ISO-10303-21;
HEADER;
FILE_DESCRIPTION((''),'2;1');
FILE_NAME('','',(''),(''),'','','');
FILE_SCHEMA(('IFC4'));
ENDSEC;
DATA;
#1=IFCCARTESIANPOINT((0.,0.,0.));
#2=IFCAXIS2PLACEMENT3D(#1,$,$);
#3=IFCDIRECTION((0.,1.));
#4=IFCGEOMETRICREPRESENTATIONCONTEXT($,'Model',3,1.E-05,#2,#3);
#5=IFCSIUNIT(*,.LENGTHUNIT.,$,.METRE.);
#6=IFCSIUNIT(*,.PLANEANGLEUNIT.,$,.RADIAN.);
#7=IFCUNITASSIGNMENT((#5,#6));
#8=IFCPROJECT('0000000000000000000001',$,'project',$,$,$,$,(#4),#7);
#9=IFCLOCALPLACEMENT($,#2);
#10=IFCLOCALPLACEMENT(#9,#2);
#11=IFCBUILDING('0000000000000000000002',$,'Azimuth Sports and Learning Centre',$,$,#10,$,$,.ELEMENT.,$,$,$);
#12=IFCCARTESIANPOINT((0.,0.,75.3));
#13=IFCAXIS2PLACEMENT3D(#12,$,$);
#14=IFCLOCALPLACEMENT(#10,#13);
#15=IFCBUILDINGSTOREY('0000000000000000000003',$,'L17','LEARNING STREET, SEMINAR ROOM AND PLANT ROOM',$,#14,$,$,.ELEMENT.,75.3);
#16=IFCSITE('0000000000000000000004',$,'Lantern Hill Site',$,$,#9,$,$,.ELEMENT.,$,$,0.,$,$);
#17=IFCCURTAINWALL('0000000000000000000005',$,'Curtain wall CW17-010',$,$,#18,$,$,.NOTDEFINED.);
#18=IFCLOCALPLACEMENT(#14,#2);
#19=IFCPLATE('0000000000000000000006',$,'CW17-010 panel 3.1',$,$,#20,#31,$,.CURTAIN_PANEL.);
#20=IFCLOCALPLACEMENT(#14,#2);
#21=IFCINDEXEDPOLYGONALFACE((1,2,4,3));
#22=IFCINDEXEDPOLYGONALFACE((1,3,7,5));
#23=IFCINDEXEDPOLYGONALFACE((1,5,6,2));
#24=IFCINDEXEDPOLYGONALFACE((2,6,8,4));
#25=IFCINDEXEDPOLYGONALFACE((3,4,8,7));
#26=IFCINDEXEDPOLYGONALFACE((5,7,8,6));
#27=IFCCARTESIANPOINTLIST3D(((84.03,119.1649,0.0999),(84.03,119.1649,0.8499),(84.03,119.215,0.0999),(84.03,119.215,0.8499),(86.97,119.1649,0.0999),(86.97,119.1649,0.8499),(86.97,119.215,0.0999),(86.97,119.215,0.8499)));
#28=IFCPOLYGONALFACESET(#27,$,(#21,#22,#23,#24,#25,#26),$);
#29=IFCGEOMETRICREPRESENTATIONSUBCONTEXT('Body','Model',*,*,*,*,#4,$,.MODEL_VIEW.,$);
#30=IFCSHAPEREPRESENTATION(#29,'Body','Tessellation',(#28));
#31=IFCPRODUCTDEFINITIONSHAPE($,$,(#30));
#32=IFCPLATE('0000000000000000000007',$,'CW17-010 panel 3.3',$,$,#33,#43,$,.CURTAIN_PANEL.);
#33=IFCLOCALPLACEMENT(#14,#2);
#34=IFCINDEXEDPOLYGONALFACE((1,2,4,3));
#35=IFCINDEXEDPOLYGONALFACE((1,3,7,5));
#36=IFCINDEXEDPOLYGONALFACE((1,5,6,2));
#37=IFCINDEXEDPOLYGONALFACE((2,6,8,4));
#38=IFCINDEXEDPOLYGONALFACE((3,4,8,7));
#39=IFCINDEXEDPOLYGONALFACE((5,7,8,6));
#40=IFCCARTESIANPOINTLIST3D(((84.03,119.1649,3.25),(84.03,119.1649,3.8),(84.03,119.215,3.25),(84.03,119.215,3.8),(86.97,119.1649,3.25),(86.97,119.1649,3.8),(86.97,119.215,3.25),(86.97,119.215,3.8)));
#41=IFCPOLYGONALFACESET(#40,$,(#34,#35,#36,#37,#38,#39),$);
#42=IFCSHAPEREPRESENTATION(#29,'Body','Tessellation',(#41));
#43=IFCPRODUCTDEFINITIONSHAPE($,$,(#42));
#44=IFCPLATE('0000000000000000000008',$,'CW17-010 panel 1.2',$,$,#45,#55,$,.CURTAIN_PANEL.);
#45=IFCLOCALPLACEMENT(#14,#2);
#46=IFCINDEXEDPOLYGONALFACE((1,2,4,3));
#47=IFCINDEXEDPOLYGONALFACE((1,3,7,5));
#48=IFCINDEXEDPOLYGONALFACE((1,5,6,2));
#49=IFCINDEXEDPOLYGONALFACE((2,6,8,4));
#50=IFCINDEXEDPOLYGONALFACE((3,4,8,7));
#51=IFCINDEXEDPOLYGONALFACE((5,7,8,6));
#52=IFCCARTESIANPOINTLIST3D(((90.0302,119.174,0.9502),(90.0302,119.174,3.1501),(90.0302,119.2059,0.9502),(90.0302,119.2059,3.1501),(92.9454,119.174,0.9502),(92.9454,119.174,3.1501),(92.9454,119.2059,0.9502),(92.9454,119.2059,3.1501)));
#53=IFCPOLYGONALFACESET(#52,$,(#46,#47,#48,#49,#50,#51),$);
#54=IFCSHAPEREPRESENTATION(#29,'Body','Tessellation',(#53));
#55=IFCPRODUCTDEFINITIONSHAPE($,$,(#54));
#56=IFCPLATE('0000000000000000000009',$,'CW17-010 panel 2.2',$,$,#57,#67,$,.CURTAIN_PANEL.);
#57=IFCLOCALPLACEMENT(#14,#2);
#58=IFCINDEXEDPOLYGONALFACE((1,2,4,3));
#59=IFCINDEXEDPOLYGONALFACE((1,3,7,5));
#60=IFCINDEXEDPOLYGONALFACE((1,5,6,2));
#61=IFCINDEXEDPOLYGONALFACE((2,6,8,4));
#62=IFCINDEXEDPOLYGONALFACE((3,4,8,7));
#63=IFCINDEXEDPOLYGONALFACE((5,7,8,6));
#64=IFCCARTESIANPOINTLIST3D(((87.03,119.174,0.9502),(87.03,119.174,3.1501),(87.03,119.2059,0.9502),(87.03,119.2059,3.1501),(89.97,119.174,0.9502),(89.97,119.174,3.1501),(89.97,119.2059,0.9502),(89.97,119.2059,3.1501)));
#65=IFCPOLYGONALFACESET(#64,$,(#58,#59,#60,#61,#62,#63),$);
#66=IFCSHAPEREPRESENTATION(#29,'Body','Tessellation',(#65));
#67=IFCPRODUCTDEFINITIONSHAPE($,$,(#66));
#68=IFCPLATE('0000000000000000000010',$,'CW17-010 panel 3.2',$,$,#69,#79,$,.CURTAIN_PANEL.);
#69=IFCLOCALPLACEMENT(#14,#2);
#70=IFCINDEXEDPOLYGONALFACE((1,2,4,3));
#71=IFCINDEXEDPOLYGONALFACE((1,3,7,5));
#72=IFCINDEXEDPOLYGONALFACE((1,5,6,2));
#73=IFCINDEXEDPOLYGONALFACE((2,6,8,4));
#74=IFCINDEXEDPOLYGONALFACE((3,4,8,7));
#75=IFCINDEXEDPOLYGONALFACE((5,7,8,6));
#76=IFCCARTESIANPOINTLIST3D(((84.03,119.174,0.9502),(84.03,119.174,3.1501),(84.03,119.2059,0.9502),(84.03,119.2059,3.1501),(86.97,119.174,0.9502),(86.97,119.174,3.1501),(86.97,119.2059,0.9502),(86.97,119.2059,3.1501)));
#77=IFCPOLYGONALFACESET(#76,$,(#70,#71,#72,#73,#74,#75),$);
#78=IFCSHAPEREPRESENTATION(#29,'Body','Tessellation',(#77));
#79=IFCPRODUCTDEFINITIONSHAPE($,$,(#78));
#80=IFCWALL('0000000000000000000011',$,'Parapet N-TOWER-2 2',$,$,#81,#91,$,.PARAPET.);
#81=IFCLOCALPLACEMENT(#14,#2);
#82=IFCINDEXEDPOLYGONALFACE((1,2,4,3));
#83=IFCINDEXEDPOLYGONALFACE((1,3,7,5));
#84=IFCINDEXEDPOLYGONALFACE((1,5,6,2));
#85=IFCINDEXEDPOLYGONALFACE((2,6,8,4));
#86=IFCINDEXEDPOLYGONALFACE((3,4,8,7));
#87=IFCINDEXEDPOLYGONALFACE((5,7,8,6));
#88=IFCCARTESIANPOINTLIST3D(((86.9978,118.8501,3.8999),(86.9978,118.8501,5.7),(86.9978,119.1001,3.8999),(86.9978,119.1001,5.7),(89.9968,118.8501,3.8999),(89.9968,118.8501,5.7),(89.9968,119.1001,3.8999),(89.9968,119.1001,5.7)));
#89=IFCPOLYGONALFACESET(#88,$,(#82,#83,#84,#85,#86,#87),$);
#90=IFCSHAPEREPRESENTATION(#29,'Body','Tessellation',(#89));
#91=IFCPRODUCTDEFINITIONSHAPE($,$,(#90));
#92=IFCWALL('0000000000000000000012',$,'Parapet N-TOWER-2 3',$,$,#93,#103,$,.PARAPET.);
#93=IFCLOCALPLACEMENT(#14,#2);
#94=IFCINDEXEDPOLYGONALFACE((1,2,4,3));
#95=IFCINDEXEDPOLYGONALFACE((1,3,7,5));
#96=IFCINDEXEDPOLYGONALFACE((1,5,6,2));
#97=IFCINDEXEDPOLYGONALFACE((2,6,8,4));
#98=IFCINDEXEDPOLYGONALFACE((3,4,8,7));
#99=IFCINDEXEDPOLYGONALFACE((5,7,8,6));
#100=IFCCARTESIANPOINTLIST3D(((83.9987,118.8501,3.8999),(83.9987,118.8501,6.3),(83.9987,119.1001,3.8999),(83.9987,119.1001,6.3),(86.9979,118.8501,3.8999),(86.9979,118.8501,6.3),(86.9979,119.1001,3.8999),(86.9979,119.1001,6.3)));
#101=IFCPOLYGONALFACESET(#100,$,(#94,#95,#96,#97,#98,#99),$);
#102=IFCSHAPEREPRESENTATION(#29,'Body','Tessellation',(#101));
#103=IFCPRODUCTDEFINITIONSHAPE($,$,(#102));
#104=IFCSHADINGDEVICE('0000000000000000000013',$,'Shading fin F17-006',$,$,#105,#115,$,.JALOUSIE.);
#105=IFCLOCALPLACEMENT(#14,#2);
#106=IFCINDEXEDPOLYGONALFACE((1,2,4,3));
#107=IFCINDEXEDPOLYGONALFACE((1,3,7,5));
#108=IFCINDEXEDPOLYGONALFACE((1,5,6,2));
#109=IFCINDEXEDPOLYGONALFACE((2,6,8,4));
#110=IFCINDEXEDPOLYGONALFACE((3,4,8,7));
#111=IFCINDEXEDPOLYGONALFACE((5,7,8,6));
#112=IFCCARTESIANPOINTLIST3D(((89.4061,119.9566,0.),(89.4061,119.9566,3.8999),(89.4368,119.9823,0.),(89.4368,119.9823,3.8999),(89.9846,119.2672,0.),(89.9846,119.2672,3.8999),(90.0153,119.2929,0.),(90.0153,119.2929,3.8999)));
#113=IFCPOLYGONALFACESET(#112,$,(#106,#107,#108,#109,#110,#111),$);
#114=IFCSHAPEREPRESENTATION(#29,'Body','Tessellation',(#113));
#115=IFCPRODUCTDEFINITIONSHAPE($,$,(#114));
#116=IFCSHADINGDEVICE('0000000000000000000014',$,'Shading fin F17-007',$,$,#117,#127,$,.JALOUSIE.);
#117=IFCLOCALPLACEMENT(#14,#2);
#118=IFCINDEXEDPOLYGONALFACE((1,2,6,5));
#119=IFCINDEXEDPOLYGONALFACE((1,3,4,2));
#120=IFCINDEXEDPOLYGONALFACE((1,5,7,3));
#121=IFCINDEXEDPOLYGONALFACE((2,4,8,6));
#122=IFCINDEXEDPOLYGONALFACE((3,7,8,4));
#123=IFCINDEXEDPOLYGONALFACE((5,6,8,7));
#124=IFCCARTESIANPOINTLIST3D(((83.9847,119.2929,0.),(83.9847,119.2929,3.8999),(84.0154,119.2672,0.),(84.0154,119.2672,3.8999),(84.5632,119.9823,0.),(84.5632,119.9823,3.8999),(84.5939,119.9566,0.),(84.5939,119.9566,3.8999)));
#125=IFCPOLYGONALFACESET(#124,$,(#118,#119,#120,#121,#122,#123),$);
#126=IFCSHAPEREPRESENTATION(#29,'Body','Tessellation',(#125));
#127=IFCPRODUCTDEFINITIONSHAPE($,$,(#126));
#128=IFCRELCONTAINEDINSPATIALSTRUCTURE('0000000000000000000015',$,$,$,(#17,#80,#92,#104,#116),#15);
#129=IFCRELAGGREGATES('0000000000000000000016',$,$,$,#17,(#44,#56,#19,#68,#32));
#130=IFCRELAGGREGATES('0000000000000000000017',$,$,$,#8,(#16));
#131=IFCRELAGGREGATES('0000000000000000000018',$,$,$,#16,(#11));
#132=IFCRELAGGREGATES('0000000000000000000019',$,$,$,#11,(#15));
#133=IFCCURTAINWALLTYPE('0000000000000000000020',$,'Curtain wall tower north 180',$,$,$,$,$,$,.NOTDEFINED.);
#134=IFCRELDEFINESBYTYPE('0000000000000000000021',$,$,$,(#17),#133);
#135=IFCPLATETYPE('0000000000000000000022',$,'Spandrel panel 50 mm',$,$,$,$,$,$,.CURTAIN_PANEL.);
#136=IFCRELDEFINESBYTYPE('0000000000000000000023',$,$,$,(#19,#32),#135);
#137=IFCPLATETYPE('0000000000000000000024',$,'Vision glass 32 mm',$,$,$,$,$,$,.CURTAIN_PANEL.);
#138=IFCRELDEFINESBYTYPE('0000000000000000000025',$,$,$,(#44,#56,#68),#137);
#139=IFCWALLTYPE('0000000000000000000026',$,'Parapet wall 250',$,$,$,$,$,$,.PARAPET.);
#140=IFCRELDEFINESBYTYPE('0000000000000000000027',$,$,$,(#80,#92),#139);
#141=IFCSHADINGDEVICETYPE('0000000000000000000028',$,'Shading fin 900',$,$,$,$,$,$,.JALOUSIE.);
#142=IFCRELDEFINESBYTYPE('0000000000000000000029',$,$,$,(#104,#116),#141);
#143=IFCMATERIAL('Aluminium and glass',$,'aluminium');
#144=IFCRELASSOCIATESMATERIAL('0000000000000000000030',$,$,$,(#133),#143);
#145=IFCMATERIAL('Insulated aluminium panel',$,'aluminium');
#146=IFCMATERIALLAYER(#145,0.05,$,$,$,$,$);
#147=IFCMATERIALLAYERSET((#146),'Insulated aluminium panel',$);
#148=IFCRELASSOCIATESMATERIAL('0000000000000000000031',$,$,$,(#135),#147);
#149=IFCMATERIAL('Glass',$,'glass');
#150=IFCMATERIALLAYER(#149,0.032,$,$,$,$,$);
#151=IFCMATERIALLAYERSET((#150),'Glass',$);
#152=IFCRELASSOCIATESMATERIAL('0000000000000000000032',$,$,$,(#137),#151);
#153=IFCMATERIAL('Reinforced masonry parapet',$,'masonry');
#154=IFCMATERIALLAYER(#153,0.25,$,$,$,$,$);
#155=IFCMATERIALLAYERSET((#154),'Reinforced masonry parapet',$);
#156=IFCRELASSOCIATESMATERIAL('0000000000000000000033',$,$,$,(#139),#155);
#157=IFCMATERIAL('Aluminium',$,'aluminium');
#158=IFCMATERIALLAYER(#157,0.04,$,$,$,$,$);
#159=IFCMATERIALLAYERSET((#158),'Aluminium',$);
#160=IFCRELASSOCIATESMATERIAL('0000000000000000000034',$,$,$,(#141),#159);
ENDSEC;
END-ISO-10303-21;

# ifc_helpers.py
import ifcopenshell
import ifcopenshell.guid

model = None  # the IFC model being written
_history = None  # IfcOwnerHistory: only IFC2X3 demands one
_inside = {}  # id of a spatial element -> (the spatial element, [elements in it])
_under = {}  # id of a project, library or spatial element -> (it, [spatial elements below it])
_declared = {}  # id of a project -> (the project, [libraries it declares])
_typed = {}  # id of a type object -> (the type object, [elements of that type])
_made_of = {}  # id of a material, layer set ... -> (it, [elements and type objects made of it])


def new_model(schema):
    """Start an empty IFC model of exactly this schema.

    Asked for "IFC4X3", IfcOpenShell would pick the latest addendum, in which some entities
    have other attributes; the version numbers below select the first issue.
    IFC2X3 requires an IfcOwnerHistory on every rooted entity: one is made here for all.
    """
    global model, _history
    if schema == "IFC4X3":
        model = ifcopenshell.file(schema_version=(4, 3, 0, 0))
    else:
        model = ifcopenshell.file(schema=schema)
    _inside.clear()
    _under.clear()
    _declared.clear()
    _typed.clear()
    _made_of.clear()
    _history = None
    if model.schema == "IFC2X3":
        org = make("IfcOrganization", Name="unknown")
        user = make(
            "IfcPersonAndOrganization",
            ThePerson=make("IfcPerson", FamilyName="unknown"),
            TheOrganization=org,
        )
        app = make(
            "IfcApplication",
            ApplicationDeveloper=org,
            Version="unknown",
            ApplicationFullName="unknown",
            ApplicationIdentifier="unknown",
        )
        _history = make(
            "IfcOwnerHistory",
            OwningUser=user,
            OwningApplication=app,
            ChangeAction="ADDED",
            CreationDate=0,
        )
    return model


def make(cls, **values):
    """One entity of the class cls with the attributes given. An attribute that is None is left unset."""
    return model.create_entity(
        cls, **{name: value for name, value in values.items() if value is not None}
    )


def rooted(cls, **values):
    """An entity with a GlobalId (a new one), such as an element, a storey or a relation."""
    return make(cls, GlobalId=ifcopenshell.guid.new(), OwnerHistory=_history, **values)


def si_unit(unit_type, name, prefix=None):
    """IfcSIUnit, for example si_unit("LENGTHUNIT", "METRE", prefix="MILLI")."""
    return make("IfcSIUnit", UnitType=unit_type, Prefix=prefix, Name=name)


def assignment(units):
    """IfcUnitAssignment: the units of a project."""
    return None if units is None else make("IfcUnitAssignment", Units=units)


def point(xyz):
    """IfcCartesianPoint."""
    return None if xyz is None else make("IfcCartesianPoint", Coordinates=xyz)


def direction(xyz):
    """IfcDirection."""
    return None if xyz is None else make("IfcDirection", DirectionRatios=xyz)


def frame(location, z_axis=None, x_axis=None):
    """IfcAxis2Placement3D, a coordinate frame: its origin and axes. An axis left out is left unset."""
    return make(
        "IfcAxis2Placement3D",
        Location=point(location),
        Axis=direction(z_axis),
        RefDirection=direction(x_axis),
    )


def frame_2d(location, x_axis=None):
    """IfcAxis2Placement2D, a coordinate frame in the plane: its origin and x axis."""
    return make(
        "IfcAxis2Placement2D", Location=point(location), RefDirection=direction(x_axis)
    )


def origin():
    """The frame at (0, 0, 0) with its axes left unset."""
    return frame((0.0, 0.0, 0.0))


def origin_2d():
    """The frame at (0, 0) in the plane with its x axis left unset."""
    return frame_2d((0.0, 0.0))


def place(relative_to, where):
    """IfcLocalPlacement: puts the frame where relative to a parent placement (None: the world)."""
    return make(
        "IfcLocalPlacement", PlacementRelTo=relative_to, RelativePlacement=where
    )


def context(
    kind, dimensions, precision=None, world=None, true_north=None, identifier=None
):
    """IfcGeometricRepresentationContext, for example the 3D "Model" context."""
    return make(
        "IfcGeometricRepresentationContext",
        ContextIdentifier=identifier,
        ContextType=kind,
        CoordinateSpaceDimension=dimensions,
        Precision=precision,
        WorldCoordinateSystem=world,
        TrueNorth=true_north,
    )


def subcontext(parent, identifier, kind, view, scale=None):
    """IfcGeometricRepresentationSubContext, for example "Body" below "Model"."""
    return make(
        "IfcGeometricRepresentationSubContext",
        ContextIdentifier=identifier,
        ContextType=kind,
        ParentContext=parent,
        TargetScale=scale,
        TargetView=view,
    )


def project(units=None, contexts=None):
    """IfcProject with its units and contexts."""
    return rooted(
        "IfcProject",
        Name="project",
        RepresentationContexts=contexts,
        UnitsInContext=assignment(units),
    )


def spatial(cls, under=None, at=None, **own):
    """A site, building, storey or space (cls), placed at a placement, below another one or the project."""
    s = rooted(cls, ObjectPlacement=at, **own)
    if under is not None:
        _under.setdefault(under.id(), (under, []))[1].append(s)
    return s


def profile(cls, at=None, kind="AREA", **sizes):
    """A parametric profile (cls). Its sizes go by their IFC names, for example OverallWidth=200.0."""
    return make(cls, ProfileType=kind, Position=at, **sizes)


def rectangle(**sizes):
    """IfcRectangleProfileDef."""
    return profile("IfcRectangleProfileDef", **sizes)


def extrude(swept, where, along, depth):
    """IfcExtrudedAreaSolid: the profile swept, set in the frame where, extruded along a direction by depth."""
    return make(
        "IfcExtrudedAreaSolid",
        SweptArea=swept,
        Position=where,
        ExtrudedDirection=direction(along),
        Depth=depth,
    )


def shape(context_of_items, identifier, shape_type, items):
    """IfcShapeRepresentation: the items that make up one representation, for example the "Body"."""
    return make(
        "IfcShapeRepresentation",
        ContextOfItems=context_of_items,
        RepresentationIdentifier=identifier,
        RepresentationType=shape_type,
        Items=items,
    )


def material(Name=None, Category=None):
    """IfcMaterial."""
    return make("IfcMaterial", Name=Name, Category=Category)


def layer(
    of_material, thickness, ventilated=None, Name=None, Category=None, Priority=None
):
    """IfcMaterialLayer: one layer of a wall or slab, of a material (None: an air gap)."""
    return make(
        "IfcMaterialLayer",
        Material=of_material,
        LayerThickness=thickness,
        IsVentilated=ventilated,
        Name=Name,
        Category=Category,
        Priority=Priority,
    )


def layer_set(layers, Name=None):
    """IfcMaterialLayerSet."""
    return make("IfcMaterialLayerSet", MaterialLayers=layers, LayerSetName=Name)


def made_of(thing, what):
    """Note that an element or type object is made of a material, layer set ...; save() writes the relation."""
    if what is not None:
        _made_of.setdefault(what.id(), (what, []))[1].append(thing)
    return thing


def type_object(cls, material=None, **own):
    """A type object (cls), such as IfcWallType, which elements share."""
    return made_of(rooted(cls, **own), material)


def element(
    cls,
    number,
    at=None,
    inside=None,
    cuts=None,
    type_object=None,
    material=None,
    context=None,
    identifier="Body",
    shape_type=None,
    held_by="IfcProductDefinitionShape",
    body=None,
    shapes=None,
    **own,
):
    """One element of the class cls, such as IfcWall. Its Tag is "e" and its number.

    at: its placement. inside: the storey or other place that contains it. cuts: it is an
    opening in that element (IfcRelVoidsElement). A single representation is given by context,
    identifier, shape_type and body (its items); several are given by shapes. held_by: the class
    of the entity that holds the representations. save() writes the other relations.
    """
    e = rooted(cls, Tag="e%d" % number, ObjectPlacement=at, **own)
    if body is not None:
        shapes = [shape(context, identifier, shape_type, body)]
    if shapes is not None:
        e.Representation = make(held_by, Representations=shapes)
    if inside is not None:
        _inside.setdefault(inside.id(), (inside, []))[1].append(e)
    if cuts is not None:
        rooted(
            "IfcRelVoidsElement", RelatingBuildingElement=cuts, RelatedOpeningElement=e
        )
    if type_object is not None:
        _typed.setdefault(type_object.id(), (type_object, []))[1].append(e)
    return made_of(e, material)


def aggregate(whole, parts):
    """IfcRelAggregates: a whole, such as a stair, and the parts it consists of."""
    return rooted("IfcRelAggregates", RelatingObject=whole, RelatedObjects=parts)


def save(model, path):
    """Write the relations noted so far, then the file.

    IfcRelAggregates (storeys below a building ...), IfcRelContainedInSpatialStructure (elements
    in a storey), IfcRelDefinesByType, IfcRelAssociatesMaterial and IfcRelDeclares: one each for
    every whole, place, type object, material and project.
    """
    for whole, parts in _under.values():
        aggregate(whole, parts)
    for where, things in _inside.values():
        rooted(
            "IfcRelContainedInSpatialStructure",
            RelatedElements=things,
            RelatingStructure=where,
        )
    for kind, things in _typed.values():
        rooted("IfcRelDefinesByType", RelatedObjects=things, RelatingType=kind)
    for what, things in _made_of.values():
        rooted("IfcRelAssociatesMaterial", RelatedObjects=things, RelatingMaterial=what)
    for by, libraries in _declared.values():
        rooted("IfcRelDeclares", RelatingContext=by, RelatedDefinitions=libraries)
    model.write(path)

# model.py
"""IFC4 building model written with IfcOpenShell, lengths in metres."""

from ifc_helpers import new_model, si_unit, direction, frame, frame_2d, origin, origin_2d, place, context, subcontext, project, spatial, rectangle, extrude, material, layer, layer_set, type_object, element, aggregate, save


model = new_model("IFC4")

# Units and contexts
model_context = context("Model", 3, precision=1e-05, world=origin(), true_north=direction((0.0, 1.0)))
body_context = subcontext(model_context, "Body", "Model", "MODEL_VIEW")
ifc_project = project(units=[si_unit("LENGTHUNIT", "METRE"), si_unit("PLANEANGLEUNIT", "RADIAN")], contexts=[model_context])

# Site, building, storey
site_placement = place(None, origin())
site = spatial("IfcSite", under=ifc_project, at=site_placement, Name="Lantern Hill Site", CompositionType="ELEMENT", RefElevation=0.0)
building_placement = place(site_placement, origin())
building = spatial("IfcBuilding", under=site, at=building_placement, Name="Azimuth Sports and Learning Centre", CompositionType="ELEMENT")
storey_placement = place(building_placement, frame((0.0, 0.0, 75.3)))
storey = spatial("IfcBuildingStorey", under=building, at=storey_placement, Name="L17", Description="LEARNING STREET, SEMINAR ROOM AND PLANT ROOM", CompositionType="ELEMENT", Elevation=75.3)

# Curtain wall, plates
ifc_material_1 = material(Name="Aluminium and glass", Category="aluminium")
curtain_wall_type = type_object("IfcCurtainWallType", Name="Curtain wall tower north 180", PredefinedType="NOTDEFINED", material=ifc_material_1)
curtain_wall_placement = place(storey_placement, origin())
curtain_wall = element("IfcCurtainWall", 1, at=curtain_wall_placement, inside=storey, type_object=curtain_wall_type, Name="Curtain wall CW17-010", PredefinedType="NOTDEFINED")
ifc_material_2 = material(Name="Insulated aluminium panel", Category="aluminium")
ifc_layer_1 = layer(ifc_material_2, 0.05)
ifc_layer_set_1 = layer_set([ifc_layer_1], Name="Insulated aluminium panel")
plate_type_1 = type_object("IfcPlateType", Name="Spandrel panel 50 mm", PredefinedType="CURTAIN_PANEL", material=ifc_layer_set_1)
plate_1_placement = place(storey_placement, frame((85.5, 119.1899, 0.0999), z_axis=(0.0, 0.0, 1.0), x_axis=(-1.0, 0.0, 0.0)))
plate_1 = element("IfcPlate", 2, at=plate_1_placement, type_object=plate_type_1, Name="CW17-010 panel 3.1", PredefinedType="CURTAIN_PANEL", context=body_context, shape_type="SweptSolid", body=[
    extrude(rectangle(XDim=2.9399, YDim=0.05, at=origin_2d()), origin(), (0.0, 0.0, 1.0), 0.75),
])
plate_2_placement = place(storey_placement, frame((85.5, 119.1899, 3.25), z_axis=(0.0, 0.0, 1.0), x_axis=(-1.0, 0.0, 0.0)))
plate_2 = element("IfcPlate", 3, at=plate_2_placement, type_object=plate_type_1, Name="CW17-010 panel 3.3", PredefinedType="CURTAIN_PANEL", context=body_context, shape_type="SweptSolid", body=[
    extrude(rectangle(XDim=2.9399, YDim=0.05, at=origin_2d()), origin(), (0.0, 0.0, 1.0), 0.55),
])
ifc_material_3 = material(Name="Glass", Category="glass")
ifc_layer_2 = layer(ifc_material_3, 0.032)
ifc_layer_set_2 = layer_set([ifc_layer_2], Name="Glass")
plate_type_2 = type_object("IfcPlateType", Name="Vision glass 32 mm", PredefinedType="CURTAIN_PANEL", material=ifc_layer_set_2)
plate_3_placement = place(storey_placement, frame((91.4878, 119.1899, 0.9502), z_axis=(0.0, 0.0, 1.0), x_axis=(-1.0, 0.0, 0.0)))
plate_3 = element("IfcPlate", 4, at=plate_3_placement, type_object=plate_type_2, Name="CW17-010 panel 1.2", PredefinedType="CURTAIN_PANEL", context=body_context, shape_type="SweptSolid", body=[
    extrude(rectangle(XDim=2.9153, YDim=0.032, at=origin_2d()), origin(), (0.0, 0.0, 1.0), 2.2),
])
plate_4_placement = place(storey_placement, frame((88.5, 119.1899, 0.9502), z_axis=(0.0, 0.0, 1.0), x_axis=(-1.0, 0.0, 0.0)))
plate_4 = element("IfcPlate", 5, at=plate_4_placement, type_object=plate_type_2, Name="CW17-010 panel 2.2", PredefinedType="CURTAIN_PANEL", context=body_context, shape_type="SweptSolid", body=[
    extrude(rectangle(XDim=2.9399, YDim=0.032, at=origin_2d()), origin(), (0.0, 0.0, 1.0), 2.2),
])
plate_5_placement = place(storey_placement, frame((85.5, 119.1899, 0.9502), z_axis=(0.0, 0.0, 1.0), x_axis=(-1.0, 0.0, 0.0)))
plate_5 = element("IfcPlate", 6, at=plate_5_placement, type_object=plate_type_2, Name="CW17-010 panel 3.2", PredefinedType="CURTAIN_PANEL", context=body_context, shape_type="SweptSolid", body=[
    extrude(rectangle(XDim=2.9399, YDim=0.032, at=origin_2d()), origin(), (0.0, 0.0, 1.0), 2.2),
])
aggregate(curtain_wall, [plate_3, plate_4, plate_1, plate_5, plate_2])

# Walls
ifc_material_4 = material(Name="Reinforced masonry parapet", Category="masonry")
ifc_layer_3 = layer(ifc_material_4, 0.25)
ifc_layer_set_3 = layer_set([ifc_layer_3], Name="Reinforced masonry parapet")
wall_type = type_object("IfcWallType", Name="Parapet wall 250", PredefinedType="PARAPET", material=ifc_layer_set_3)
wall_1_placement = place(storey_placement, frame((89.9968, 118.9751, 3.8999), z_axis=(0.0, 0.0, 1.0), x_axis=(-1.0, 0.0, 0.0)))
element("IfcWall", 7, at=wall_1_placement, inside=storey, type_object=wall_type, Name="Parapet N-TOWER-2 2", PredefinedType="PARAPET", context=body_context, shape_type="SweptSolid", body=[
    extrude(rectangle(XDim=2.999, YDim=0.25, at=frame_2d((1.4995, 0.0))), origin(), (0.0, 0.0, 1.0), 1.8),
])
wall_2_placement = place(storey_placement, frame((86.9978, 118.9751, 3.8999), z_axis=(0.0, 0.0, 1.0), x_axis=(-1.0, 0.0, 0.0)))
element("IfcWall", 8, at=wall_2_placement, inside=storey, type_object=wall_type, Name="Parapet N-TOWER-2 3", PredefinedType="PARAPET", context=body_context, shape_type="SweptSolid", body=[
    extrude(rectangle(XDim=2.9993, YDim=0.25, at=frame_2d((1.4995, 0.0))), origin(), (0.0, 0.0, 1.0), 2.4001),
])

# Shading devices
ifc_material_5 = material(Name="Aluminium", Category="aluminium")
ifc_layer_4 = layer(ifc_material_5, 0.04)
ifc_layer_set_4 = layer_set([ifc_layer_4], Name="Aluminium")
shading_device_type = type_object("IfcShadingDeviceType", Name="Shading fin 900", PredefinedType="JALOUSIE", material=ifc_layer_set_4)
for number, where, z_axis, x_axis, name in (
    (9, (89.7107, 119.6248, 0.0), (0.0, 0.0, 1.0), (-0.642788, 0.766044, 0.0), "Shading fin F17-006"),
    (10, (84.2893, 119.6248, 0.0), (0.0, 0.0, 1.0), (0.642788, 0.766044, 0.0), "Shading fin F17-007"),
):
    element("IfcShadingDevice", number, at=place(storey_placement, frame(where, z_axis=z_axis, x_axis=x_axis)), inside=storey, type_object=shading_device_type, Name=name, PredefinedType="JALOUSIE", context=body_context, shape_type="SweptSolid", body=[
        extrude(rectangle(XDim=0.8999, YDim=0.04, at=origin_2d()), origin(), (0.0, 0.0, 1.0), 3.8999),
    ])

save(model, "model.ifc")
